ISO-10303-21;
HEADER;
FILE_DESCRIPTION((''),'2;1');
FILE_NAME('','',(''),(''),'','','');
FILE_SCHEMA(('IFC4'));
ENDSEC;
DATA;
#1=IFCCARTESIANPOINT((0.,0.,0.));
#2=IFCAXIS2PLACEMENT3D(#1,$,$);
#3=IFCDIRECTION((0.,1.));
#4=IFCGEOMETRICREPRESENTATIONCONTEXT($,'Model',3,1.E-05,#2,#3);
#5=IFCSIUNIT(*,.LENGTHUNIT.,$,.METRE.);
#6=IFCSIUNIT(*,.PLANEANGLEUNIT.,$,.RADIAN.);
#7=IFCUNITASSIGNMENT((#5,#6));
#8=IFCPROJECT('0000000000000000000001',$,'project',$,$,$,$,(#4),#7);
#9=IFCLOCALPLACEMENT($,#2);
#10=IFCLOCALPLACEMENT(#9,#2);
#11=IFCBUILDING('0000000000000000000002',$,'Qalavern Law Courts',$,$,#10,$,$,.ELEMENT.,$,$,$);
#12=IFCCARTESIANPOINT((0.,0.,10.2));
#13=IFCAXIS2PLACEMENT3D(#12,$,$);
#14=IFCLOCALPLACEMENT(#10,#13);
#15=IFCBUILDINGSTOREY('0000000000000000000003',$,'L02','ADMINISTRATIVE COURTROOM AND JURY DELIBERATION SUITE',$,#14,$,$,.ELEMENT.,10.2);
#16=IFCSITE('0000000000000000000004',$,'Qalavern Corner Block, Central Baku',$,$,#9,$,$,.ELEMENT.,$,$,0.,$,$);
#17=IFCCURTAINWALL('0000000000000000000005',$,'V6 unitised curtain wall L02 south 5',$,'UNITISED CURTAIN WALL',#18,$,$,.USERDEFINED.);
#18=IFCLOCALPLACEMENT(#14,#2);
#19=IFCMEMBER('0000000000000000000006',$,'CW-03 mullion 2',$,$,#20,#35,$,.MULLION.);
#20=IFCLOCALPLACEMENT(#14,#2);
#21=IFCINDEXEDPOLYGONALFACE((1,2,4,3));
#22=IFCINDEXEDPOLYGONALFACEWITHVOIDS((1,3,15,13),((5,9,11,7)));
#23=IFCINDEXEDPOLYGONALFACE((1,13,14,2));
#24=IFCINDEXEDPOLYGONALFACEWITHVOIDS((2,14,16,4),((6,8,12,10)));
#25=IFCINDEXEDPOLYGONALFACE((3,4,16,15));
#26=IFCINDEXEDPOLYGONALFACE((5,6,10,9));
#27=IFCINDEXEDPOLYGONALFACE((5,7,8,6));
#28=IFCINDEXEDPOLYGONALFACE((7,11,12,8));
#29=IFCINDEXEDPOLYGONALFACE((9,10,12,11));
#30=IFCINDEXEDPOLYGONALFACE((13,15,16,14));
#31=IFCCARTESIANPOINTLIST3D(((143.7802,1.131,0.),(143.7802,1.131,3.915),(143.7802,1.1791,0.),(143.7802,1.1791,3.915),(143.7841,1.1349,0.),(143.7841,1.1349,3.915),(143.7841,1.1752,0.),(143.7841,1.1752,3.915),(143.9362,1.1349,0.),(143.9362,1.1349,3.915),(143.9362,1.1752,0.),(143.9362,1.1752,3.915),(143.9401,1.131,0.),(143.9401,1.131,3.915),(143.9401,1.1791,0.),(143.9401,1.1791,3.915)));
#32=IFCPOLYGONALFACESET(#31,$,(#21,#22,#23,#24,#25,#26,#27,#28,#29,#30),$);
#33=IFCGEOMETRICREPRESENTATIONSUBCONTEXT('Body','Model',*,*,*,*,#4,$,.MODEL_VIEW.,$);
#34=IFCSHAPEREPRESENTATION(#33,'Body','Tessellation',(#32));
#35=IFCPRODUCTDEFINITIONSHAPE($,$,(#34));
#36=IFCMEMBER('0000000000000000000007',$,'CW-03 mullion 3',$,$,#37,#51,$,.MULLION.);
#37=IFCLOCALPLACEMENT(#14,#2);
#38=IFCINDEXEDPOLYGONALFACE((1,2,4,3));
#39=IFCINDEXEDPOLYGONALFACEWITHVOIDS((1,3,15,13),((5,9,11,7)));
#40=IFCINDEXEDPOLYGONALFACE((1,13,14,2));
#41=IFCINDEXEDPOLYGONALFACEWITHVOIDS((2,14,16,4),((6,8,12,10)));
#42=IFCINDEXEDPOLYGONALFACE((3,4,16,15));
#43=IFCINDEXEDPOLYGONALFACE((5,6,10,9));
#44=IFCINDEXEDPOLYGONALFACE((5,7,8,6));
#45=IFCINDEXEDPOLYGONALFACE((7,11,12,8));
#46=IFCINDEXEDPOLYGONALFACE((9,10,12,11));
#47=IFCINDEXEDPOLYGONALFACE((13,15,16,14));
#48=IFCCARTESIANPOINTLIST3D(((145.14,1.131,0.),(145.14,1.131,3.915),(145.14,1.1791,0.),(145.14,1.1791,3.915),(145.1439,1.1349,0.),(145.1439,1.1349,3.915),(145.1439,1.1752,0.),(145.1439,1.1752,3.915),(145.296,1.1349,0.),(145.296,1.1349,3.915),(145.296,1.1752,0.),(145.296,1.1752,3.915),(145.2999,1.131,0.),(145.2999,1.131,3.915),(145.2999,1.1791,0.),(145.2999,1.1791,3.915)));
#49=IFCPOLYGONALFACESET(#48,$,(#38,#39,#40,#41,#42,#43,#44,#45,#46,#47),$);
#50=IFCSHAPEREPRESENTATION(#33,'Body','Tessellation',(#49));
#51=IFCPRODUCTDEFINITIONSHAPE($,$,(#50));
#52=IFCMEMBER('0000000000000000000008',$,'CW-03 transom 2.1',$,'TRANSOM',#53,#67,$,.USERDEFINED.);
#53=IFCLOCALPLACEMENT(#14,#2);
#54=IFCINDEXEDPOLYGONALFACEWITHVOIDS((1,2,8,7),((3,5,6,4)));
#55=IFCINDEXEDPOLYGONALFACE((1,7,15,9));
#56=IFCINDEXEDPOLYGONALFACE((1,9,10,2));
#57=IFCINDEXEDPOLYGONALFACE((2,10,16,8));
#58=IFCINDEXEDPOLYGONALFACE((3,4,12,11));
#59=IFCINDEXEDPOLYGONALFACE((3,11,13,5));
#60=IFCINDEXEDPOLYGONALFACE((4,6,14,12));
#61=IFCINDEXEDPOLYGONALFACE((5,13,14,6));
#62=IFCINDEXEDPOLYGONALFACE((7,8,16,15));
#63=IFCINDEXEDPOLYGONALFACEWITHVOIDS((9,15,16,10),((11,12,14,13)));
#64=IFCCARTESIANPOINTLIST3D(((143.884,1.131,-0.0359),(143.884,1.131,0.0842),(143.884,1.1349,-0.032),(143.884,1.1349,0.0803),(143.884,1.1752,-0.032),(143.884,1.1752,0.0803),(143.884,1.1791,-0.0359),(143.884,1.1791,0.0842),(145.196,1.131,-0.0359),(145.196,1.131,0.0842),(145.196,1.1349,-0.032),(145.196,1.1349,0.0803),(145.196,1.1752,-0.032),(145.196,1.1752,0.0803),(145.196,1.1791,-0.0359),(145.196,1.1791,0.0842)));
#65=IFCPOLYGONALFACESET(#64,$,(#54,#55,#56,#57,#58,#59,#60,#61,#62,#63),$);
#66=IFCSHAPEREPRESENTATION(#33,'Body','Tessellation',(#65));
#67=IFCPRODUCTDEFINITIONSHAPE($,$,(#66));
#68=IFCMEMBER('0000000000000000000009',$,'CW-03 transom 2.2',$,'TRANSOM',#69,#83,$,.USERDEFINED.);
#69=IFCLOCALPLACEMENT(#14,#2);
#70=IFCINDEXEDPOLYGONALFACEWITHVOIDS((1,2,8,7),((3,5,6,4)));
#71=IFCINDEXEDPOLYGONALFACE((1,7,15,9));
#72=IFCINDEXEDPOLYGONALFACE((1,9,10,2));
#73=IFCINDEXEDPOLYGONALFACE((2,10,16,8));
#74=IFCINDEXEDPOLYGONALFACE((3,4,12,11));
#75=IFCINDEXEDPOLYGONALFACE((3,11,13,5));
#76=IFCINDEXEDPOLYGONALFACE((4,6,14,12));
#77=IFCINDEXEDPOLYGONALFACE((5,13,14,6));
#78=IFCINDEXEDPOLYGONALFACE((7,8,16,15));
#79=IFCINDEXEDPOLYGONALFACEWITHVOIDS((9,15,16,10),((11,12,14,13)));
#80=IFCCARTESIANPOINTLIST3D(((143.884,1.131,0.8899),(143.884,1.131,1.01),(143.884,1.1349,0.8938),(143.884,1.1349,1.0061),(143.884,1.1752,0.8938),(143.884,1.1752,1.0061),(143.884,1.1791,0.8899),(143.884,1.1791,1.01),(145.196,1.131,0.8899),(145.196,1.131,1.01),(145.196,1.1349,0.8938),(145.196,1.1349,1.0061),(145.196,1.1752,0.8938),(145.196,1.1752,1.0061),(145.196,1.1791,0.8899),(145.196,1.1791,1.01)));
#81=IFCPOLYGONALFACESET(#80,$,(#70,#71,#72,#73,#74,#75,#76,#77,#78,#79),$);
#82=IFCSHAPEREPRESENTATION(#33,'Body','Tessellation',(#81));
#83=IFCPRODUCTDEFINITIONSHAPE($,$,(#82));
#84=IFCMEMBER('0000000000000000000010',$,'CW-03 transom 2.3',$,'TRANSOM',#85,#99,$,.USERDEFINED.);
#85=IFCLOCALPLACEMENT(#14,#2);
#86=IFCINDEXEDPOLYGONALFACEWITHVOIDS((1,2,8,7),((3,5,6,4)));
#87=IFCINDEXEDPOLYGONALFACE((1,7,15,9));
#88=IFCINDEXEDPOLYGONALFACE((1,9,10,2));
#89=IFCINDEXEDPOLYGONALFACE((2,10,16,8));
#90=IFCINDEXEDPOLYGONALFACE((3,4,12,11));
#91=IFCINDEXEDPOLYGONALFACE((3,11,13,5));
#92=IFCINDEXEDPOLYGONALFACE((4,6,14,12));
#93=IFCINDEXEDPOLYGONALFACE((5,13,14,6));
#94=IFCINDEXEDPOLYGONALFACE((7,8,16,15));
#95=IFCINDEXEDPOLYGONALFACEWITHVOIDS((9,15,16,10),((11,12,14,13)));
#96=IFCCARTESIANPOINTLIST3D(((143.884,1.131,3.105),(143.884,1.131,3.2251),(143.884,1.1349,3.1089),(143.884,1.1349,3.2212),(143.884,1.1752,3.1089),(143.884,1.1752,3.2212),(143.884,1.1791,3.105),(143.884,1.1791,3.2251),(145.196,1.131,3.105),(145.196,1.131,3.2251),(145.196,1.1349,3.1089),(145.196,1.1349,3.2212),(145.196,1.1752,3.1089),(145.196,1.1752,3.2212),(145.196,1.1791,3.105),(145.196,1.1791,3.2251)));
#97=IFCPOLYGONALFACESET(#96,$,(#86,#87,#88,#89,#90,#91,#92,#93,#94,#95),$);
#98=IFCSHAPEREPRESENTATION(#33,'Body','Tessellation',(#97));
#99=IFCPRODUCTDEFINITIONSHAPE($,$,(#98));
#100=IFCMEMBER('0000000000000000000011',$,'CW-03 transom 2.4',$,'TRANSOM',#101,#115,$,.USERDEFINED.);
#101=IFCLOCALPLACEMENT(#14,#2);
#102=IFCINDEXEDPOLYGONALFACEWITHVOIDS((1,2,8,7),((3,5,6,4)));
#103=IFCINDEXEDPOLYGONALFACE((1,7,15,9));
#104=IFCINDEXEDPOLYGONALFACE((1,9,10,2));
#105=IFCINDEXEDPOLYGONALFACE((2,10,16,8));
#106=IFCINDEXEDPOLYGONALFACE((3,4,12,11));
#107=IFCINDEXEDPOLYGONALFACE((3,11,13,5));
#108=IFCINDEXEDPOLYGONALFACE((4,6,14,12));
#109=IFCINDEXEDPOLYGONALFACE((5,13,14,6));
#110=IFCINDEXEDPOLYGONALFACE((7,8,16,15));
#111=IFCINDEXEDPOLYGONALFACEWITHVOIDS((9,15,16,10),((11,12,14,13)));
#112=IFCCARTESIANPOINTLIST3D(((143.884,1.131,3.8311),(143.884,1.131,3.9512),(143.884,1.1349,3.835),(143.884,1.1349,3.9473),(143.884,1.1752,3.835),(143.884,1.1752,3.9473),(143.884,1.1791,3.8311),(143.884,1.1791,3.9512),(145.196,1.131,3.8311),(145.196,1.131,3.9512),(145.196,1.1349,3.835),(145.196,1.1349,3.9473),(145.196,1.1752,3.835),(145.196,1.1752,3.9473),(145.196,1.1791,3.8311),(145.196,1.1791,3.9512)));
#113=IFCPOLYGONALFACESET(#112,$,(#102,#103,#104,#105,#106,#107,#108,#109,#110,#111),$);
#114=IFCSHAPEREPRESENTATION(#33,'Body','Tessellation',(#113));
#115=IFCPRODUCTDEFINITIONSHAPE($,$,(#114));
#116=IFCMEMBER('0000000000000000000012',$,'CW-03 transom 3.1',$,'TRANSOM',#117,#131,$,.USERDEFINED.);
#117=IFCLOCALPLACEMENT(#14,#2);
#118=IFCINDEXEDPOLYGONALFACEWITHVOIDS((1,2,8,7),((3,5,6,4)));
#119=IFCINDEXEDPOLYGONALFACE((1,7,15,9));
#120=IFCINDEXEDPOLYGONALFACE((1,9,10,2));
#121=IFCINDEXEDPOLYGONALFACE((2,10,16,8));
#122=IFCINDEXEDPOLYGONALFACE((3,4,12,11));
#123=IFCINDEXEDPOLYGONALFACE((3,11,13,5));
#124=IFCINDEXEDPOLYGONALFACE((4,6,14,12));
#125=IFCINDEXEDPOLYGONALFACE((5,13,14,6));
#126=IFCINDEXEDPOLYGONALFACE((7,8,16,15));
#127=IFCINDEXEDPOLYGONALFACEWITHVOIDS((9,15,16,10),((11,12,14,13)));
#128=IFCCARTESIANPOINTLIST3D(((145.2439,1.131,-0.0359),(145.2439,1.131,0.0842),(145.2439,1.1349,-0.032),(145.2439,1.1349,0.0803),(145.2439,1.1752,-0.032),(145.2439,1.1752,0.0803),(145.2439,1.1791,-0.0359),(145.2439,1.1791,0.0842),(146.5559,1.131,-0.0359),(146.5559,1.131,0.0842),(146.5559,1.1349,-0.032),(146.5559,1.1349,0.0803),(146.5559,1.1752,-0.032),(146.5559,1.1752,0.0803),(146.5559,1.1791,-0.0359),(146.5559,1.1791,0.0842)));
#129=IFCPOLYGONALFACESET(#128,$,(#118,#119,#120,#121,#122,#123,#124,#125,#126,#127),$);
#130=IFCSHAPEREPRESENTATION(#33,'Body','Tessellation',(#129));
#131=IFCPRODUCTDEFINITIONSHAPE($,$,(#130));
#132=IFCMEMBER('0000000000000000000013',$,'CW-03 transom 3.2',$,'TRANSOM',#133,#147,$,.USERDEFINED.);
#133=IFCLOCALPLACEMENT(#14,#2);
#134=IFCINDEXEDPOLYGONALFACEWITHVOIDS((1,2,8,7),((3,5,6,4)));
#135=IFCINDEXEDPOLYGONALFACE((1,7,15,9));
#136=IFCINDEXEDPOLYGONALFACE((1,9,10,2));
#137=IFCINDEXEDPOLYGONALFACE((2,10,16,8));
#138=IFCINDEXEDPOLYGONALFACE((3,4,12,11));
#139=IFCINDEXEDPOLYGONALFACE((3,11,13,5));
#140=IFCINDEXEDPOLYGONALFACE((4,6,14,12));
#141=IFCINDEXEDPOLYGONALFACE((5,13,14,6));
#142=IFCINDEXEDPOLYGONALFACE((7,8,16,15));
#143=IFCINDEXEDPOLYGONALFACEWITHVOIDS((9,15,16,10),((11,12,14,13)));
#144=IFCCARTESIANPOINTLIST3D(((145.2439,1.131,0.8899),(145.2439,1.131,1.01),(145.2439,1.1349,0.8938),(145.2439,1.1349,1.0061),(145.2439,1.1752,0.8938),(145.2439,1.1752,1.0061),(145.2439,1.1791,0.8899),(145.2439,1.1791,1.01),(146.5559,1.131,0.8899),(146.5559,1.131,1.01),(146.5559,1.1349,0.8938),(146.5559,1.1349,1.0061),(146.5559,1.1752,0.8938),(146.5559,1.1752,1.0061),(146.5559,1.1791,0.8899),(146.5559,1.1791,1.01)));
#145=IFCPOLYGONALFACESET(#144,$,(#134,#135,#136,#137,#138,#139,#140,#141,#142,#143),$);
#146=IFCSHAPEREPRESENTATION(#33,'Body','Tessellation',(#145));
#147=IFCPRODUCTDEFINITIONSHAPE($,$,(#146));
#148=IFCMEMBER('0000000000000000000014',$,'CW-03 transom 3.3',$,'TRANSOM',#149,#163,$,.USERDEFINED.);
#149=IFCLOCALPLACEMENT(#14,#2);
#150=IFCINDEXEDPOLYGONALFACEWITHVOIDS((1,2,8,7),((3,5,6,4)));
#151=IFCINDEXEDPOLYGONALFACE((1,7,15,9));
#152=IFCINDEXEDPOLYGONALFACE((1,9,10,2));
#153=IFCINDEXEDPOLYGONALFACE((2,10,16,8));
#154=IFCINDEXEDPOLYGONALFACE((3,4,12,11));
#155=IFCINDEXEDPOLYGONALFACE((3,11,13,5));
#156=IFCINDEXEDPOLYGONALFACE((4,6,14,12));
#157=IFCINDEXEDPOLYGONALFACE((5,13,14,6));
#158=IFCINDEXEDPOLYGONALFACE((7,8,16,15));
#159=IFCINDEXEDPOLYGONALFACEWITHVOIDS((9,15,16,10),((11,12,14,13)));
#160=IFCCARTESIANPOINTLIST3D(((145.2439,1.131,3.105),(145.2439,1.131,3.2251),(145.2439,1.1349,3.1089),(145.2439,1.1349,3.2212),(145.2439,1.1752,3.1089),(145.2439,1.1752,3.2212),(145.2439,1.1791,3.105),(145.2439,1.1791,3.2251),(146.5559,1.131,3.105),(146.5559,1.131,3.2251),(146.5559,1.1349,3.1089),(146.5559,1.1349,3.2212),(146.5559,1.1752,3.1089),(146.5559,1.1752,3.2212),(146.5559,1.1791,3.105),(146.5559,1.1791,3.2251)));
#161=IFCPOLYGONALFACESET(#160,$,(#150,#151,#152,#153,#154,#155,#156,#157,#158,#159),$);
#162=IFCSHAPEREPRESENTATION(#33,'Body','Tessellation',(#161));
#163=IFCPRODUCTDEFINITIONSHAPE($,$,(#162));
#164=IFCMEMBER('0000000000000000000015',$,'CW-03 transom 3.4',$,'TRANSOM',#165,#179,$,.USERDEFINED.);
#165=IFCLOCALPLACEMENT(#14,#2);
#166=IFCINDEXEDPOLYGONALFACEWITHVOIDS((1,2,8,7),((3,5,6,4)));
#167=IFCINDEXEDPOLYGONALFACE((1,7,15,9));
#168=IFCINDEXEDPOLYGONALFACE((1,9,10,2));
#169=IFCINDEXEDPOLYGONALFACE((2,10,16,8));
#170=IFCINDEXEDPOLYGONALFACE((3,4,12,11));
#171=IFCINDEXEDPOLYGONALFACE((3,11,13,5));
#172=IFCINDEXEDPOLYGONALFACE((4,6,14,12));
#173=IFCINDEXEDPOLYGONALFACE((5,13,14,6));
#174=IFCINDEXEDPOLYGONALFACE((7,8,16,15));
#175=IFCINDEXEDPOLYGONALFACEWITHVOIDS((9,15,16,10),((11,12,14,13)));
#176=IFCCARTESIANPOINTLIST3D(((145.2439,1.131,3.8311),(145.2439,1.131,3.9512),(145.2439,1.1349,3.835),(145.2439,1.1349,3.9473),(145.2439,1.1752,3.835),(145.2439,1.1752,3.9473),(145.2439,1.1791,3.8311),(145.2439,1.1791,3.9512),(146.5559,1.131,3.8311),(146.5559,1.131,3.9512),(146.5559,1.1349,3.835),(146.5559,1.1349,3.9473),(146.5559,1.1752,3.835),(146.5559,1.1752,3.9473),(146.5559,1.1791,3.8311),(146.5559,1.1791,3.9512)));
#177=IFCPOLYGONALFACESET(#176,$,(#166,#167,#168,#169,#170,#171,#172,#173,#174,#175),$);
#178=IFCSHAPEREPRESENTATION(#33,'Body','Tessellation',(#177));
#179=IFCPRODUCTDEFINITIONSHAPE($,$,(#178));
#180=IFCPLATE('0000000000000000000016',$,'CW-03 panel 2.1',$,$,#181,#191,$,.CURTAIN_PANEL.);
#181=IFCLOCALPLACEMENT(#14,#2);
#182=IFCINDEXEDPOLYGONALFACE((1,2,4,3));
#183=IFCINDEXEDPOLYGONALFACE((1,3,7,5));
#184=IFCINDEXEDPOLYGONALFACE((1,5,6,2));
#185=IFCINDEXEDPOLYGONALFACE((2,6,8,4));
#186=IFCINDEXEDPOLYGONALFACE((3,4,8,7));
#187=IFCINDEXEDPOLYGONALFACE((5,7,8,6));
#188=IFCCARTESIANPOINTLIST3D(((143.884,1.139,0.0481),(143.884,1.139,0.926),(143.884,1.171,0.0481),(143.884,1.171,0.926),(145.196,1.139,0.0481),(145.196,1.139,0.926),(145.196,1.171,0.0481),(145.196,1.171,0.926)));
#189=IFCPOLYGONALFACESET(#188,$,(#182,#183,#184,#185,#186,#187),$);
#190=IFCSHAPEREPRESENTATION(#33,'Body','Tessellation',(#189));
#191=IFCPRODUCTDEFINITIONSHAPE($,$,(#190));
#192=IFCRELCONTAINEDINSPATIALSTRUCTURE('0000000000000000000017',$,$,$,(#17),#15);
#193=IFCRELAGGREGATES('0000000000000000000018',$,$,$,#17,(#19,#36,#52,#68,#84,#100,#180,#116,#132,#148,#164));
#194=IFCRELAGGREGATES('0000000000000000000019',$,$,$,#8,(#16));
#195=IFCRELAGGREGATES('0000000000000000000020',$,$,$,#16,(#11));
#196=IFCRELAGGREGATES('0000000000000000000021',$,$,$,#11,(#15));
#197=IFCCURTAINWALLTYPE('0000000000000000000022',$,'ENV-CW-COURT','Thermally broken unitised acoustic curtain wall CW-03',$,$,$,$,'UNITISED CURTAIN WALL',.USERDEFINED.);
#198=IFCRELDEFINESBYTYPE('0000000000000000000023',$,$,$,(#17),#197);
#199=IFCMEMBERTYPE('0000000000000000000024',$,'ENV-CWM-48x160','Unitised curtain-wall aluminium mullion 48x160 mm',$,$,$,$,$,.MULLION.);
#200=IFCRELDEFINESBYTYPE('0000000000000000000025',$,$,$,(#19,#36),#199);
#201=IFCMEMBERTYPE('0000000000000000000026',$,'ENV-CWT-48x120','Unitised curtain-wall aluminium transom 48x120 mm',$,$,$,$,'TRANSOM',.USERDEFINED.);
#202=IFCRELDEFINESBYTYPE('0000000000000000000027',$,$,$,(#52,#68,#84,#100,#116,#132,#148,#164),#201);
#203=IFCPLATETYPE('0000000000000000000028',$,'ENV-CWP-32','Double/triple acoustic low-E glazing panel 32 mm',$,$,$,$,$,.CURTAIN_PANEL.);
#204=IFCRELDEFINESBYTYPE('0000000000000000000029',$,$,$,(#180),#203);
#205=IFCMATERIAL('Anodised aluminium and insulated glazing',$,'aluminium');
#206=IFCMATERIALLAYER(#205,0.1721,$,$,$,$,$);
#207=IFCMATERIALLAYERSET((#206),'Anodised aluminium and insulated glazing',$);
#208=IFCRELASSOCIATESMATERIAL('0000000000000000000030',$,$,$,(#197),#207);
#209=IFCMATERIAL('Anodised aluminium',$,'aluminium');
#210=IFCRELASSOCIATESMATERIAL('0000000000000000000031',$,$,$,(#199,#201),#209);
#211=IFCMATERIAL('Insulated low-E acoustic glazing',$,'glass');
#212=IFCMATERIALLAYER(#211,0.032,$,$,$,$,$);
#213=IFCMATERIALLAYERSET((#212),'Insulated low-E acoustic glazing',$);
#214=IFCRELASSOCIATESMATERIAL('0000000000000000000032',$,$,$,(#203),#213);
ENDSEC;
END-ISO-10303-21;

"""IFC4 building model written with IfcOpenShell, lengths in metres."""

from ifc_helpers import new_model, si_unit, direction, frame, origin, origin_2d, place, context, subcontext, project, spatial, rectangle, hollow_rectangle, extrude, material, layer, layer_set, material_profile, profile_set, type_object, element, aggregate, save


model = new_model("IFC4")

# Units and contexts
model_context = context("Model", 3, precision=1e-05, world=origin(), true_north=direction((0.0, 1.0)))
body_context = subcontext(model_context, "Body", "Model", "MODEL_VIEW")
ifc_project = project(units=[si_unit("LENGTHUNIT", "METRE"), si_unit("PLANEANGLEUNIT", "RADIAN")], contexts=[model_context])

# Site, building, storey
site_placement = place(None, origin())
site = spatial("IfcSite", under=ifc_project, at=site_placement, Name="Qalavern Corner Block, Central Baku", CompositionType="ELEMENT", RefElevation=0.0)
building_placement = place(site_placement, origin())
building = spatial("IfcBuilding", under=site, at=building_placement, Name="Qalavern Law Courts", CompositionType="ELEMENT")
storey_placement = place(building_placement, frame((0.0, 0.0, 10.2)))
storey = spatial("IfcBuildingStorey", under=building, at=storey_placement, Name="L02", Description="ADMINISTRATIVE COURTROOM AND JURY DELIBERATION SUITE", CompositionType="ELEMENT", Elevation=10.2)

# Curtain wall, members, plate
ifc_material_1 = material(Name="Anodised aluminium and insulated glazing", Category="aluminium")
ifc_layer_1 = layer(ifc_material_1, 0.1721)
ifc_layer_set_1 = layer_set([ifc_layer_1], Name="Anodised aluminium and insulated glazing")
curtain_wall_type = type_object("IfcCurtainWallType", Name="ENV-CW-COURT", Description="Thermally broken unitised acoustic curtain wall CW-03", ElementType="UNITISED CURTAIN WALL", PredefinedType="USERDEFINED", material=ifc_layer_set_1)
curtain_wall_placement = place(storey_placement, origin())
curtain_wall = element("IfcCurtainWall", 1, at=curtain_wall_placement, inside=storey, type_object=curtain_wall_type, Name="V6 unitised curtain wall L02 south 5", ObjectType="UNITISED CURTAIN WALL", PredefinedType="USERDEFINED")
ifc_material_2 = material(Name="Anodised aluminium", Category="aluminium")
ifc_material_profile_1 = material_profile(ifc_material_2, hollow_rectangle(XDim=0.0481, YDim=0.1599, WallThickness=0.0039, at=origin_2d()), Name="ALU MULLION 48x160")
ifc_profile_set_1 = profile_set([ifc_material_profile_1], Name="Anodised aluminium")
member_type_1 = type_object("IfcMemberType", Name="ENV-CWM-48x160", Description="Unitised curtain-wall aluminium mullion 48x160 mm", PredefinedType="MULLION", material=ifc_profile_set_1)
member_1_placement = place(storey_placement, frame((143.8601, 1.155, 0.0), z_axis=(0.0, 0.0, 1.0), x_axis=(0.0, 1.0, 0.0)))
member_1 = element("IfcMember", 2, at=member_1_placement, type_object=member_type_1, Name="CW-03 mullion 2", PredefinedType="MULLION", context=body_context, shape_type="SweptSolid", body=[
    extrude(hollow_rectangle(XDim=0.0481, YDim=0.1599, WallThickness=0.0039, at=origin_2d()), origin(), (0.0, 0.0, 1.0), 3.915),
])
member_2_placement = place(storey_placement, frame((145.22, 1.155, 0.0), z_axis=(0.0, 0.0, 1.0), x_axis=(0.0, 1.0, 0.0)))
member_2 = element("IfcMember", 3, at=member_2_placement, type_object=member_type_1, Name="CW-03 mullion 3", PredefinedType="MULLION", context=body_context, shape_type="SweptSolid", body=[
    extrude(hollow_rectangle(XDim=0.0481, YDim=0.1599, WallThickness=0.0039, at=origin_2d()), origin(), (0.0, 0.0, 1.0), 3.915),
])
ifc_material_profile_2 = material_profile(ifc_material_2, hollow_rectangle(XDim=0.0481, YDim=0.1201, WallThickness=0.0039, at=origin_2d()), Name="ALU TRANSOM 48x120")
ifc_profile_set_2 = profile_set([ifc_material_profile_2], Name="Anodised aluminium")
member_type_2 = type_object("IfcMemberType", Name="ENV-CWT-48x120", Description="Unitised curtain-wall aluminium transom 48x120 mm", ElementType="TRANSOM", PredefinedType="USERDEFINED", material=ifc_profile_set_2)
member_3_placement = place(storey_placement, frame((143.884, 1.155, 0.0242), z_axis=(1.0, 0.0, 0.0), x_axis=(0.0, 1.0, 0.0)))
member_3 = element("IfcMember", 4, at=member_3_placement, type_object=member_type_2, Name="CW-03 transom 2.1", ObjectType="TRANSOM", PredefinedType="USERDEFINED", context=body_context, shape_type="SweptSolid", body=[
    extrude(hollow_rectangle(XDim=0.0481, YDim=0.1201, WallThickness=0.0039, at=origin_2d()), origin(), (0.0, 0.0, 1.0), 1.312),
])
member_4_placement = place(storey_placement, frame((143.884, 1.155, 0.95), z_axis=(1.0, 0.0, 0.0), x_axis=(0.0, 1.0, 0.0)))
member_4 = element("IfcMember", 5, at=member_4_placement, type_object=member_type_2, Name="CW-03 transom 2.2", ObjectType="TRANSOM", PredefinedType="USERDEFINED", context=body_context, shape_type="SweptSolid", body=[
    extrude(hollow_rectangle(XDim=0.0481, YDim=0.1201, WallThickness=0.0039, at=origin_2d()), origin(), (0.0, 0.0, 1.0), 1.312),
])
member_5_placement = place(storey_placement, frame((143.884, 1.155, 3.165), z_axis=(1.0, 0.0, 0.0), x_axis=(0.0, 1.0, 0.0)))
member_5 = element("IfcMember", 6, at=member_5_placement, type_object=member_type_2, Name="CW-03 transom 2.3", ObjectType="TRANSOM", PredefinedType="USERDEFINED", context=body_context, shape_type="SweptSolid", body=[
    extrude(hollow_rectangle(XDim=0.0481, YDim=0.1201, WallThickness=0.0039, at=origin_2d()), origin(), (0.0, 0.0, 1.0), 1.312),
])
member_6_placement = place(storey_placement, frame((143.884, 1.155, 3.8911), z_axis=(1.0, 0.0, 0.0), x_axis=(0.0, 1.0, 0.0)))
member_6 = element("IfcMember", 7, at=member_6_placement, type_object=member_type_2, Name="CW-03 transom 2.4", ObjectType="TRANSOM", PredefinedType="USERDEFINED", context=body_context, shape_type="SweptSolid", body=[
    extrude(hollow_rectangle(XDim=0.0481, YDim=0.1201, WallThickness=0.0039, at=origin_2d()), origin(), (0.0, 0.0, 1.0), 1.312),
])
member_7_placement = place(storey_placement, frame((145.2439, 1.155, 0.0242), z_axis=(1.0, 0.0, 0.0), x_axis=(0.0, 1.0, 0.0)))
member_7 = element("IfcMember", 8, at=member_7_placement, type_object=member_type_2, Name="CW-03 transom 3.1", ObjectType="TRANSOM", PredefinedType="USERDEFINED", context=body_context, shape_type="SweptSolid", body=[
    extrude(hollow_rectangle(XDim=0.0481, YDim=0.1201, WallThickness=0.0039, at=origin_2d()), origin(), (0.0, 0.0, 1.0), 1.312),
])
member_8_placement = place(storey_placement, frame((145.2439, 1.155, 0.95), z_axis=(1.0, 0.0, 0.0), x_axis=(0.0, 1.0, 0.0)))
member_8 = element("IfcMember", 9, at=member_8_placement, type_object=member_type_2, Name="CW-03 transom 3.2", ObjectType="TRANSOM", PredefinedType="USERDEFINED", context=body_context, shape_type="SweptSolid", body=[
    extrude(hollow_rectangle(XDim=0.0481, YDim=0.1201, WallThickness=0.0039, at=origin_2d()), origin(), (0.0, 0.0, 1.0), 1.312),
])
member_9_placement = place(storey_placement, frame((145.2439, 1.155, 3.165), z_axis=(1.0, 0.0, 0.0), x_axis=(0.0, 1.0, 0.0)))
member_9 = element("IfcMember", 10, at=member_9_placement, type_object=member_type_2, Name="CW-03 transom 3.3", ObjectType="TRANSOM", PredefinedType="USERDEFINED", context=body_context, shape_type="SweptSolid", body=[
    extrude(hollow_rectangle(XDim=0.0481, YDim=0.1201, WallThickness=0.0039, at=origin_2d()), origin(), (0.0, 0.0, 1.0), 1.312),
])
member_10_placement = place(storey_placement, frame((145.2439, 1.155, 3.8911), z_axis=(1.0, 0.0, 0.0), x_axis=(0.0, 1.0, 0.0)))
member_10 = element("IfcMember", 11, at=member_10_placement, type_object=member_type_2, Name="CW-03 transom 3.4", ObjectType="TRANSOM", PredefinedType="USERDEFINED", context=body_context, shape_type="SweptSolid", body=[
    extrude(hollow_rectangle(XDim=0.0481, YDim=0.1201, WallThickness=0.0039, at=origin_2d()), origin(), (0.0, 0.0, 1.0), 1.312),
])
ifc_material_3 = material(Name="Insulated low-E acoustic glazing", Category="glass")
ifc_layer_2 = layer(ifc_material_3, 0.032)
ifc_layer_set_2 = layer_set([ifc_layer_2], Name="Insulated low-E acoustic glazing")
plate_type = type_object("IfcPlateType", Name="ENV-CWP-32", Description="Double/triple acoustic low-E glazing panel 32 mm", PredefinedType="CURTAIN_PANEL", material=ifc_layer_set_2)
plate_1_placement = place(storey_placement, frame((144.54, 1.155, 0.0481), z_axis=(0.0, 0.0, 1.0), x_axis=(1.0, 0.0, 0.0)))
plate_1 = element("IfcPlate", 12, at=plate_1_placement, type_object=plate_type, Name="CW-03 panel 2.1", PredefinedType="CURTAIN_PANEL", context=body_context, shape_type="SweptSolid", body=[
    extrude(rectangle(XDim=1.312, YDim=0.032, at=origin_2d()), origin(), (0.0, 0.0, 1.0), 0.8779),
])
aggregate(curtain_wall, [member_1, member_2, member_3, member_4, member_5, member_6, plate_1, member_7, member_8, member_9, member_10])

save(model, "model.ifc")
